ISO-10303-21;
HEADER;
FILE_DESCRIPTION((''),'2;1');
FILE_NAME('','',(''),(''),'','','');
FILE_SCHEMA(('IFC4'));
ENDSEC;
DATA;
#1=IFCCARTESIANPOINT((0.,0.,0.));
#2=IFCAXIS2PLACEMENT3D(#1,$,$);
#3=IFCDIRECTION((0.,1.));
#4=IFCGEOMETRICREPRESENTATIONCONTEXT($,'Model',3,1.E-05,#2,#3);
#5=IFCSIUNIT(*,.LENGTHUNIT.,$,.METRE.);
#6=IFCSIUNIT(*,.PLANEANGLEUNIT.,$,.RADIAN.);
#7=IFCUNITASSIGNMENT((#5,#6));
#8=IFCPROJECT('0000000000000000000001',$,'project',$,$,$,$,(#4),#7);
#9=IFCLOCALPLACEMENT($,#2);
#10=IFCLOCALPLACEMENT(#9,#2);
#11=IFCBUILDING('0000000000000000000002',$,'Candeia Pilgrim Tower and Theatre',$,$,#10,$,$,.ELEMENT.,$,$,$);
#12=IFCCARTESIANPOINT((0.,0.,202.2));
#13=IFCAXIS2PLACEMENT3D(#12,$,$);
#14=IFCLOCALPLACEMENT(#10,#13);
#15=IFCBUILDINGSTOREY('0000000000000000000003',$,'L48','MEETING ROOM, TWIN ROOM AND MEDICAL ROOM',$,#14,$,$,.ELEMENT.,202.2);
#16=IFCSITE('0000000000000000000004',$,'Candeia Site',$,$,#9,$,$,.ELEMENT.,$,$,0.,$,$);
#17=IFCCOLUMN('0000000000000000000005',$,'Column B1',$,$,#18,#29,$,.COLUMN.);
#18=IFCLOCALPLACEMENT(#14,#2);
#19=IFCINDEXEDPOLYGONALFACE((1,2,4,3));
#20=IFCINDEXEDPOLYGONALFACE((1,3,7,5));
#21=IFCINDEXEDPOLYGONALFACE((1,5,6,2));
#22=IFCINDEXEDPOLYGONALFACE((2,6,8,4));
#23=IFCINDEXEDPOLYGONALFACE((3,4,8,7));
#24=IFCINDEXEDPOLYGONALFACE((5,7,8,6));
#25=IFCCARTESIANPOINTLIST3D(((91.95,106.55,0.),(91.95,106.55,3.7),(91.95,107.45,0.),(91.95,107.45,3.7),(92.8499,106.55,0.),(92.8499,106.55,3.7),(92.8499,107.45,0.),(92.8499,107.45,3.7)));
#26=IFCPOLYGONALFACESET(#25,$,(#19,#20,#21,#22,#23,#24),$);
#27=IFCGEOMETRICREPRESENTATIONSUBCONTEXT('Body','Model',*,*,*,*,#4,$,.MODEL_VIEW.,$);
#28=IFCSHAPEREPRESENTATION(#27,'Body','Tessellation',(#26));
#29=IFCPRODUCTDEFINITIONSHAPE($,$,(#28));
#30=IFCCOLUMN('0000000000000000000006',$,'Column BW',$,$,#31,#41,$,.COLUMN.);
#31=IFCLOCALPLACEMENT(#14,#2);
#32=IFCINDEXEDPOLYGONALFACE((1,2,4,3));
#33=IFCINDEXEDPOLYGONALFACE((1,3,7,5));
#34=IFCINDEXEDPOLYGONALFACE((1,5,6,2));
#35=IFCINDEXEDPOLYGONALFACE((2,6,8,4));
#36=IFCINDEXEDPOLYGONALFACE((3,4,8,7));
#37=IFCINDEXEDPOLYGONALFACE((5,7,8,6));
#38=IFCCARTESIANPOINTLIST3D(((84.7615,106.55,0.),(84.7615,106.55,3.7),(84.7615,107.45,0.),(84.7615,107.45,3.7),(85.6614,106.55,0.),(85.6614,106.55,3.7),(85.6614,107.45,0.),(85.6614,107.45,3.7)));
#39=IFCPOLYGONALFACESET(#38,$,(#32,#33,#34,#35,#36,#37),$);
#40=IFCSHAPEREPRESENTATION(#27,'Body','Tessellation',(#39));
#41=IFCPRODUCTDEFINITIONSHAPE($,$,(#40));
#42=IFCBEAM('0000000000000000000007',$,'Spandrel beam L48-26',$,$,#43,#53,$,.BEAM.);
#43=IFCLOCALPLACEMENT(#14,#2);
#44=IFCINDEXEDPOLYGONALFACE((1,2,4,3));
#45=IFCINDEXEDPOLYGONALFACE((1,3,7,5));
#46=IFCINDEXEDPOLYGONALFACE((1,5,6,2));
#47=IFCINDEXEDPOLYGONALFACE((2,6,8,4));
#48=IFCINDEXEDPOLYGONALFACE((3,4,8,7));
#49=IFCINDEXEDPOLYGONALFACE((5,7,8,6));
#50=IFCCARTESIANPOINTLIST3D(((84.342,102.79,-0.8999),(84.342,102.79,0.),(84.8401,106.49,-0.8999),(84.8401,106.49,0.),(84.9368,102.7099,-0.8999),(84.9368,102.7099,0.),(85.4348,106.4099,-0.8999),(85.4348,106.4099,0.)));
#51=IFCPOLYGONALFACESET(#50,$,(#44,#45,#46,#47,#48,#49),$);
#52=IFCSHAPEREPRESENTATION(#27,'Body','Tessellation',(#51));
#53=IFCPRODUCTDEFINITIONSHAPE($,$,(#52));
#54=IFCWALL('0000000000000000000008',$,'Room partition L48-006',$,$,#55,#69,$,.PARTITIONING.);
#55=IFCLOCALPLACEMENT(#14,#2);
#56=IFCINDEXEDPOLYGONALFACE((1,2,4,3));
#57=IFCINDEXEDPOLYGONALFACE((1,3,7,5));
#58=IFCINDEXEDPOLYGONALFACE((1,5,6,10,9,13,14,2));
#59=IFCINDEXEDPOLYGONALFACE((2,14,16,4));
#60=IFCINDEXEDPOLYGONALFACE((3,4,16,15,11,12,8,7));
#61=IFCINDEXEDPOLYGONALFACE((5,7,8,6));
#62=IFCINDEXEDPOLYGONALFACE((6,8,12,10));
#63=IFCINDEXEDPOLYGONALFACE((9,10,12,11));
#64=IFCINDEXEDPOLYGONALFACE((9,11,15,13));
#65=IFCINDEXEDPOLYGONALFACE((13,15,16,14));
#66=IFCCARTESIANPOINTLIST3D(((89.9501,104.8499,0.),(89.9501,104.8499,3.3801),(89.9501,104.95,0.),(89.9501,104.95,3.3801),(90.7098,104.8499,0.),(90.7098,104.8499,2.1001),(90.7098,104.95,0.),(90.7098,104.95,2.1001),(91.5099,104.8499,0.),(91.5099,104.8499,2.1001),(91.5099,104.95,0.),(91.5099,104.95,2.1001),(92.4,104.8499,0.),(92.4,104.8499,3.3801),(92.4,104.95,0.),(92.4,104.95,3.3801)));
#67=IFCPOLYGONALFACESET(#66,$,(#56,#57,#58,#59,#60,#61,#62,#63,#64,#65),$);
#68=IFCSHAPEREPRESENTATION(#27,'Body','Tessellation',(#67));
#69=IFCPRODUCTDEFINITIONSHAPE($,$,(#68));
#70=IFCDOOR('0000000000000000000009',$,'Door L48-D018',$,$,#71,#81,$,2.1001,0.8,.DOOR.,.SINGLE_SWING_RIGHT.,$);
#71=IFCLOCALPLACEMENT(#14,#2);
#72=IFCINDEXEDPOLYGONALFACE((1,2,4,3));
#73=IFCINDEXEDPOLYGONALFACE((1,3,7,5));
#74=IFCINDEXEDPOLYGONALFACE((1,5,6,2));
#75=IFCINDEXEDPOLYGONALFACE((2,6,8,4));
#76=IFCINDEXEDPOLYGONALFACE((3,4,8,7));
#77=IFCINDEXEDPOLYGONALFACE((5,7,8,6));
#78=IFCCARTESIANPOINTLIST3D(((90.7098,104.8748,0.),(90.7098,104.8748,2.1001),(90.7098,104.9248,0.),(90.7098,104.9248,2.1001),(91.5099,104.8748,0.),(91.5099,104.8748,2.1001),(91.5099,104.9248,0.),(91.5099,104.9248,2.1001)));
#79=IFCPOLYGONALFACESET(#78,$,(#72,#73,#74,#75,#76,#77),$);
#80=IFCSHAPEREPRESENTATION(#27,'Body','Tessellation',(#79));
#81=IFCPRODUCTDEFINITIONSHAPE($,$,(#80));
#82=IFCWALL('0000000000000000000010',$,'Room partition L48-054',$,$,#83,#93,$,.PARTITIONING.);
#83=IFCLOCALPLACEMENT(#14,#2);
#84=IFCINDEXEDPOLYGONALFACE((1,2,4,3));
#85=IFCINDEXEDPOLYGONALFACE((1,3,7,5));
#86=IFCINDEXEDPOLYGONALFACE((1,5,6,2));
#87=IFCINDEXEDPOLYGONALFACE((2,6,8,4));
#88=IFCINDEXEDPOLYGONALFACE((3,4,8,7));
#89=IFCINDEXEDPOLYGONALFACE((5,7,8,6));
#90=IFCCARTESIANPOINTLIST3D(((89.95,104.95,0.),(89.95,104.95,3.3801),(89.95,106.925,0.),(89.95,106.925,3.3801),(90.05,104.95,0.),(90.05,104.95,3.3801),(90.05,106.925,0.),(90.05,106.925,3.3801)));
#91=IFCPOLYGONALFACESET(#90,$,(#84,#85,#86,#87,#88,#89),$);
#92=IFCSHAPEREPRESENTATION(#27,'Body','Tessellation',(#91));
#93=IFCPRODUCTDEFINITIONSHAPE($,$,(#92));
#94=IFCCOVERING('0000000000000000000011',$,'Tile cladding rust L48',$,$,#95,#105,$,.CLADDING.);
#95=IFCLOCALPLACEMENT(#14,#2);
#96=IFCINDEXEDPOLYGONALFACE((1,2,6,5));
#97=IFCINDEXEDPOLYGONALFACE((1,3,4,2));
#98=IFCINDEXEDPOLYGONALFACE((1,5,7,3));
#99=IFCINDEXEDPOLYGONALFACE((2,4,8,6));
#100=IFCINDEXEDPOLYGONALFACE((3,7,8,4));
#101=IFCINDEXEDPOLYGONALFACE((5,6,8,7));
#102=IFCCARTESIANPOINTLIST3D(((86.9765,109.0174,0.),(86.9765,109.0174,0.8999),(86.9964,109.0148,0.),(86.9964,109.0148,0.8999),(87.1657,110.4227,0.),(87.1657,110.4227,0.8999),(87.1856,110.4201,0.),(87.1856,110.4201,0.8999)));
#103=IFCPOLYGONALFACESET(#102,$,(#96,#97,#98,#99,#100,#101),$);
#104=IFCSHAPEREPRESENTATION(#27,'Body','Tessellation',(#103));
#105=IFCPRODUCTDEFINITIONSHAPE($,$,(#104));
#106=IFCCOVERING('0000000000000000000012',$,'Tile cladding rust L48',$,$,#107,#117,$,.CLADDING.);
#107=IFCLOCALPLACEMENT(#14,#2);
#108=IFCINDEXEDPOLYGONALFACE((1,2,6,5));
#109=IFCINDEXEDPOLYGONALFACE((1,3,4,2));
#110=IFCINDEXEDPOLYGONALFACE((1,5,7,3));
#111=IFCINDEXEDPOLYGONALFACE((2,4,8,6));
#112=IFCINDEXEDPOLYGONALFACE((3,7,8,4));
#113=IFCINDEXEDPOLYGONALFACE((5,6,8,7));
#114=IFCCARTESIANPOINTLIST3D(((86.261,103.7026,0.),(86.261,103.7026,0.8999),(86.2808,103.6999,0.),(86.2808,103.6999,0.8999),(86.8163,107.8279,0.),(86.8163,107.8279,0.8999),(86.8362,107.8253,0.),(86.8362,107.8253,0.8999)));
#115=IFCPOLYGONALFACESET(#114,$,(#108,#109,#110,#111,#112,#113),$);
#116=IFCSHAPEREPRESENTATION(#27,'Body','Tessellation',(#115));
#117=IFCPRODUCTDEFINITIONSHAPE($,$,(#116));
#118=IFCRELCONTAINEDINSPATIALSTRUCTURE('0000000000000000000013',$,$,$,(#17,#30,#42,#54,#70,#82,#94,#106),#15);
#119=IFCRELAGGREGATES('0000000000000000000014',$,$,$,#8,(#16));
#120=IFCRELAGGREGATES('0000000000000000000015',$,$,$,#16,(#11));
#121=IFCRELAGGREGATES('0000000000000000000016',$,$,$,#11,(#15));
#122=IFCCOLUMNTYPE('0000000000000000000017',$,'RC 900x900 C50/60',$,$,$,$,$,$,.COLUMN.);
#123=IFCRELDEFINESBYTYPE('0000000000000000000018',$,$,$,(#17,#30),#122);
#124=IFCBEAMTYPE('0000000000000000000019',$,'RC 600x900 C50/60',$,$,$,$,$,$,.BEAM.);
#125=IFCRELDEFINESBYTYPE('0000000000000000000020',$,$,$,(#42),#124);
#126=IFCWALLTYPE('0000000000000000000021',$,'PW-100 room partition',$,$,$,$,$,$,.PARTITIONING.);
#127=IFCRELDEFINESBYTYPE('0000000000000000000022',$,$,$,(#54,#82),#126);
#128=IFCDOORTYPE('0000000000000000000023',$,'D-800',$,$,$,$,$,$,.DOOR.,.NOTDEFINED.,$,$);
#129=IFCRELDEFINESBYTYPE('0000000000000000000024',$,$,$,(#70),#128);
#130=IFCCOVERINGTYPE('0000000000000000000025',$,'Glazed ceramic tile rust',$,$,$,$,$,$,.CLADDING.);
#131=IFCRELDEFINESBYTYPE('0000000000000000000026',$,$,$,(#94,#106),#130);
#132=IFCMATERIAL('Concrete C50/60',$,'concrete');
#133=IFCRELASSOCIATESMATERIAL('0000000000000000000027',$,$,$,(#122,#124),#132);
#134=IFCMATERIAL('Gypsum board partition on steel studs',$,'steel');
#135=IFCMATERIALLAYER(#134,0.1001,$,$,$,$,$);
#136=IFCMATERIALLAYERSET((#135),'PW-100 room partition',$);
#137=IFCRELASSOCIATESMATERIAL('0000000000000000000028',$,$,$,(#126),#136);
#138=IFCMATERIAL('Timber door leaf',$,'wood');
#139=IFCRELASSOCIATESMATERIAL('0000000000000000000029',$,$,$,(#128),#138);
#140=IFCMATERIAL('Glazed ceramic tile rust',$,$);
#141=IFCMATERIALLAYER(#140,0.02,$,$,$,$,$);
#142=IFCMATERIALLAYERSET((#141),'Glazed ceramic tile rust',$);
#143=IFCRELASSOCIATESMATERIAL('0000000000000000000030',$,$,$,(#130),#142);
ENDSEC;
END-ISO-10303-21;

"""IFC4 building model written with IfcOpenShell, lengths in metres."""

from ifc_helpers import new_model, si_unit, direction, frame, frame_2d, origin, origin_2d, place, context, subcontext, project, spatial, rectangle, extrude, material, layer, layer_set, material_profile, profile_set, type_object, element, fill, save


model = new_model("IFC4")

# Units and contexts
model_context = context("Model", 3, precision=1e-05, world=origin(), true_north=direction((0.0, 1.0)))
body_context = subcontext(model_context, "Body", "Model", "MODEL_VIEW")
ifc_project = project(units=[si_unit("LENGTHUNIT", "METRE"), si_unit("PLANEANGLEUNIT", "RADIAN")], contexts=[model_context])

# Site, building, storey
site_placement = place(None, origin())
site = spatial("IfcSite", under=ifc_project, at=site_placement, Name="Candeia Site", CompositionType="ELEMENT", RefElevation=0.0)
building_placement = place(site_placement, origin())
building = spatial("IfcBuilding", under=site, at=building_placement, Name="Candeia Pilgrim Tower and Theatre", CompositionType="ELEMENT")
storey_placement = place(building_placement, frame((0.0, 0.0, 202.2)))
storey = spatial("IfcBuildingStorey", under=building, at=storey_placement, Name="L48", Description="MEETING ROOM, TWIN ROOM AND MEDICAL ROOM", CompositionType="ELEMENT", Elevation=202.2)

# Columns
ifc_material_1 = material(Name="Concrete C50/60", Category="concrete")
ifc_material_profile_1 = material_profile(ifc_material_1, rectangle(XDim=0.8999, YDim=0.8999, at=origin_2d()))
ifc_profile_set_1 = profile_set([ifc_material_profile_1], Name="Concrete C50/60")
column_type = type_object("IfcColumnType", Name="RC 900x900 C50/60", PredefinedType="COLUMN", material=ifc_profile_set_1)
for number, where, z_axis, x_axis, name in (
    (1, (92.3999, 107.0, 0.0), (0.0, 0.0, 1.0), (1.0, 0.0, 0.0), "Column B1"),
    (2, (85.2114, 107.0, 0.0), (0.0, 0.0, 1.0), (1.0, 0.0, 0.0), "Column BW"),
):
    element("IfcColumn", number, at=place(storey_placement, frame(where, z_axis=z_axis, x_axis=x_axis)), inside=storey, type_object=column_type, Name=name, PredefinedType="COLUMN", context=body_context, shape_type="SweptSolid", body=[
        extrude(rectangle(XDim=0.8999, YDim=0.8999, at=origin_2d()), origin(), (0.0, 0.0, 1.0), 3.7),
    ])

# Beam
ifc_material_profile_2 = material_profile(ifc_material_1, rectangle(XDim=0.6001, YDim=0.8999, at=origin_2d()))
ifc_profile_set_2 = profile_set([ifc_material_profile_2], Name="Concrete C50/60")
beam_type = type_object("IfcBeamType", Name="RC 600x900 C50/60", PredefinedType="BEAM", material=ifc_profile_set_2)
beam_placement = place(storey_placement, frame((85.1375, 106.45, -0.45), z_axis=(-0.133406, -0.991061, 0.0), x_axis=(0.991061, -0.133406, 0.0)))
element("IfcBeam", 3, at=beam_placement, inside=storey, type_object=beam_type, Name="Spandrel beam L48-26", PredefinedType="BEAM", context=body_context, shape_type="SweptSolid", body=[
    extrude(rectangle(XDim=0.6001, YDim=0.8999, at=origin_2d()), origin(), (0.0, 0.0, 1.0), 3.7334),
])

# Wall, opening, door
ifc_material_2 = material(Name="Gypsum board partition on steel studs", Category="steel")
ifc_layer_1 = layer(ifc_material_2, 0.1001)
ifc_layer_set_1 = layer_set([ifc_layer_1], Name="PW-100 room partition")
wall_type_1 = type_object("IfcWallType", Name="PW-100 room partition", PredefinedType="PARTITIONING", material=ifc_layer_set_1)
wall_1_placement = place(storey_placement, frame((89.95, 104.8999, 0.0), z_axis=(0.0, 0.0, 1.0), x_axis=(1.0, 0.0, 0.0)))
wall_1 = element("IfcWall", 4, at=wall_1_placement, inside=storey, type_object=wall_type_1, Name="Room partition L48-006", PredefinedType="PARTITIONING", context=body_context, shape_type="SweptSolid", body=[
    extrude(rectangle(XDim=2.45, YDim=0.1001, at=frame_2d((1.2251, 0.0))), origin(), (0.0, 0.0, 1.0), 3.3801),
])
opening_1_placement = place(wall_1_placement, frame((0.76, 0.0, 0.0)))
opening_1 = element("IfcOpeningElement", 5, at=opening_1_placement, cuts=wall_1, PredefinedType="OPENING", context=body_context, shape_type="SweptSolid", body=[
    extrude(rectangle(XDim=0.8, YDim=2.1001, at=frame_2d((0.3999, 1.05))), frame((0.0, 0.0601, 0.0), z_axis=(0.0, -1.0, 0.0), x_axis=(1.0, 0.0, 0.0)), (0.0, 0.0, 1.0), 0.1201),
])
ifc_material_3 = material(Name="Timber door leaf", Category="wood")
door_type_1 = type_object("IfcDoorType", Name="D-800", OperationType="NOTDEFINED", PredefinedType="DOOR", material=ifc_material_3)
door_1_placement = place(opening_1_placement, origin())
door_1 = element("IfcDoor", 6, at=door_1_placement, inside=storey, type_object=door_type_1, Name="Door L48-D018", OperationType="SINGLE_SWING_RIGHT", OverallHeight=2.1001, OverallWidth=0.8, PredefinedType="DOOR", context=body_context, shape_type="SweptSolid", body=[
    extrude(rectangle(XDim=0.8, YDim=2.1001, at=frame_2d((0.3999, 1.05))), frame((0.0, 0.0249, 0.0), z_axis=(0.0, -1.0, 0.0), x_axis=(1.0, 0.0, 0.0)), (0.0, 0.0, 1.0), 0.05),
])
fill(opening_1, door_1)

# Wall
wall_2_placement = place(storey_placement, frame((90.0, 104.95, 0.0), z_axis=(0.0, 0.0, 1.0), x_axis=(0.0, 1.0, 0.0)))
element("IfcWall", 7, at=wall_2_placement, inside=storey, type_object=wall_type_1, Name="Room partition L48-054", PredefinedType="PARTITIONING", context=body_context, shape_type="SweptSolid", body=[
    extrude(rectangle(XDim=1.9751, YDim=0.1001, at=frame_2d((0.9875, 0.0))), origin(), (0.0, 0.0, 1.0), 3.3801),
])

# Coverings
ifc_material_4 = material(Name="Glazed ceramic tile rust")
ifc_layer_2 = layer(ifc_material_4, 0.02)
ifc_layer_set_2 = layer_set([ifc_layer_2], Name="Glazed ceramic tile rust")
covering_type = type_object("IfcCoveringType", Name="Glazed ceramic tile rust", PredefinedType="CLADDING", material=ifc_layer_set_2)
covering_1_placement = place(storey_placement, frame((87.0811, 109.7188, 0.0), z_axis=(0.0, 0.0, 1.0), x_axis=(-0.133412, -0.991061, 0.0)))
element("IfcCovering", 8, at=covering_1_placement, inside=storey, type_object=covering_type, Name="Tile cladding rust L48", PredefinedType="CLADDING", context=body_context, shape_type="SweptSolid", body=[
    extrude(rectangle(XDim=1.418, YDim=0.02, at=origin_2d()), origin(), (0.0, 0.0, 1.0), 0.8999),
])
covering_2_placement = place(storey_placement, frame((86.5486, 105.7639, 0.0), z_axis=(0.0, 0.0, 1.0), x_axis=(-0.133412, -0.991061, 0.0)))
element("IfcCovering", 9, at=covering_2_placement, inside=storey, type_object=covering_type, Name="Tile cladding rust L48", PredefinedType="CLADDING", context=body_context, shape_type="SweptSolid", body=[
    extrude(rectangle(XDim=4.1626, YDim=0.02, at=origin_2d()), origin(), (0.0, 0.0, 1.0), 0.8999),
])

save(model, "model.ifc")
